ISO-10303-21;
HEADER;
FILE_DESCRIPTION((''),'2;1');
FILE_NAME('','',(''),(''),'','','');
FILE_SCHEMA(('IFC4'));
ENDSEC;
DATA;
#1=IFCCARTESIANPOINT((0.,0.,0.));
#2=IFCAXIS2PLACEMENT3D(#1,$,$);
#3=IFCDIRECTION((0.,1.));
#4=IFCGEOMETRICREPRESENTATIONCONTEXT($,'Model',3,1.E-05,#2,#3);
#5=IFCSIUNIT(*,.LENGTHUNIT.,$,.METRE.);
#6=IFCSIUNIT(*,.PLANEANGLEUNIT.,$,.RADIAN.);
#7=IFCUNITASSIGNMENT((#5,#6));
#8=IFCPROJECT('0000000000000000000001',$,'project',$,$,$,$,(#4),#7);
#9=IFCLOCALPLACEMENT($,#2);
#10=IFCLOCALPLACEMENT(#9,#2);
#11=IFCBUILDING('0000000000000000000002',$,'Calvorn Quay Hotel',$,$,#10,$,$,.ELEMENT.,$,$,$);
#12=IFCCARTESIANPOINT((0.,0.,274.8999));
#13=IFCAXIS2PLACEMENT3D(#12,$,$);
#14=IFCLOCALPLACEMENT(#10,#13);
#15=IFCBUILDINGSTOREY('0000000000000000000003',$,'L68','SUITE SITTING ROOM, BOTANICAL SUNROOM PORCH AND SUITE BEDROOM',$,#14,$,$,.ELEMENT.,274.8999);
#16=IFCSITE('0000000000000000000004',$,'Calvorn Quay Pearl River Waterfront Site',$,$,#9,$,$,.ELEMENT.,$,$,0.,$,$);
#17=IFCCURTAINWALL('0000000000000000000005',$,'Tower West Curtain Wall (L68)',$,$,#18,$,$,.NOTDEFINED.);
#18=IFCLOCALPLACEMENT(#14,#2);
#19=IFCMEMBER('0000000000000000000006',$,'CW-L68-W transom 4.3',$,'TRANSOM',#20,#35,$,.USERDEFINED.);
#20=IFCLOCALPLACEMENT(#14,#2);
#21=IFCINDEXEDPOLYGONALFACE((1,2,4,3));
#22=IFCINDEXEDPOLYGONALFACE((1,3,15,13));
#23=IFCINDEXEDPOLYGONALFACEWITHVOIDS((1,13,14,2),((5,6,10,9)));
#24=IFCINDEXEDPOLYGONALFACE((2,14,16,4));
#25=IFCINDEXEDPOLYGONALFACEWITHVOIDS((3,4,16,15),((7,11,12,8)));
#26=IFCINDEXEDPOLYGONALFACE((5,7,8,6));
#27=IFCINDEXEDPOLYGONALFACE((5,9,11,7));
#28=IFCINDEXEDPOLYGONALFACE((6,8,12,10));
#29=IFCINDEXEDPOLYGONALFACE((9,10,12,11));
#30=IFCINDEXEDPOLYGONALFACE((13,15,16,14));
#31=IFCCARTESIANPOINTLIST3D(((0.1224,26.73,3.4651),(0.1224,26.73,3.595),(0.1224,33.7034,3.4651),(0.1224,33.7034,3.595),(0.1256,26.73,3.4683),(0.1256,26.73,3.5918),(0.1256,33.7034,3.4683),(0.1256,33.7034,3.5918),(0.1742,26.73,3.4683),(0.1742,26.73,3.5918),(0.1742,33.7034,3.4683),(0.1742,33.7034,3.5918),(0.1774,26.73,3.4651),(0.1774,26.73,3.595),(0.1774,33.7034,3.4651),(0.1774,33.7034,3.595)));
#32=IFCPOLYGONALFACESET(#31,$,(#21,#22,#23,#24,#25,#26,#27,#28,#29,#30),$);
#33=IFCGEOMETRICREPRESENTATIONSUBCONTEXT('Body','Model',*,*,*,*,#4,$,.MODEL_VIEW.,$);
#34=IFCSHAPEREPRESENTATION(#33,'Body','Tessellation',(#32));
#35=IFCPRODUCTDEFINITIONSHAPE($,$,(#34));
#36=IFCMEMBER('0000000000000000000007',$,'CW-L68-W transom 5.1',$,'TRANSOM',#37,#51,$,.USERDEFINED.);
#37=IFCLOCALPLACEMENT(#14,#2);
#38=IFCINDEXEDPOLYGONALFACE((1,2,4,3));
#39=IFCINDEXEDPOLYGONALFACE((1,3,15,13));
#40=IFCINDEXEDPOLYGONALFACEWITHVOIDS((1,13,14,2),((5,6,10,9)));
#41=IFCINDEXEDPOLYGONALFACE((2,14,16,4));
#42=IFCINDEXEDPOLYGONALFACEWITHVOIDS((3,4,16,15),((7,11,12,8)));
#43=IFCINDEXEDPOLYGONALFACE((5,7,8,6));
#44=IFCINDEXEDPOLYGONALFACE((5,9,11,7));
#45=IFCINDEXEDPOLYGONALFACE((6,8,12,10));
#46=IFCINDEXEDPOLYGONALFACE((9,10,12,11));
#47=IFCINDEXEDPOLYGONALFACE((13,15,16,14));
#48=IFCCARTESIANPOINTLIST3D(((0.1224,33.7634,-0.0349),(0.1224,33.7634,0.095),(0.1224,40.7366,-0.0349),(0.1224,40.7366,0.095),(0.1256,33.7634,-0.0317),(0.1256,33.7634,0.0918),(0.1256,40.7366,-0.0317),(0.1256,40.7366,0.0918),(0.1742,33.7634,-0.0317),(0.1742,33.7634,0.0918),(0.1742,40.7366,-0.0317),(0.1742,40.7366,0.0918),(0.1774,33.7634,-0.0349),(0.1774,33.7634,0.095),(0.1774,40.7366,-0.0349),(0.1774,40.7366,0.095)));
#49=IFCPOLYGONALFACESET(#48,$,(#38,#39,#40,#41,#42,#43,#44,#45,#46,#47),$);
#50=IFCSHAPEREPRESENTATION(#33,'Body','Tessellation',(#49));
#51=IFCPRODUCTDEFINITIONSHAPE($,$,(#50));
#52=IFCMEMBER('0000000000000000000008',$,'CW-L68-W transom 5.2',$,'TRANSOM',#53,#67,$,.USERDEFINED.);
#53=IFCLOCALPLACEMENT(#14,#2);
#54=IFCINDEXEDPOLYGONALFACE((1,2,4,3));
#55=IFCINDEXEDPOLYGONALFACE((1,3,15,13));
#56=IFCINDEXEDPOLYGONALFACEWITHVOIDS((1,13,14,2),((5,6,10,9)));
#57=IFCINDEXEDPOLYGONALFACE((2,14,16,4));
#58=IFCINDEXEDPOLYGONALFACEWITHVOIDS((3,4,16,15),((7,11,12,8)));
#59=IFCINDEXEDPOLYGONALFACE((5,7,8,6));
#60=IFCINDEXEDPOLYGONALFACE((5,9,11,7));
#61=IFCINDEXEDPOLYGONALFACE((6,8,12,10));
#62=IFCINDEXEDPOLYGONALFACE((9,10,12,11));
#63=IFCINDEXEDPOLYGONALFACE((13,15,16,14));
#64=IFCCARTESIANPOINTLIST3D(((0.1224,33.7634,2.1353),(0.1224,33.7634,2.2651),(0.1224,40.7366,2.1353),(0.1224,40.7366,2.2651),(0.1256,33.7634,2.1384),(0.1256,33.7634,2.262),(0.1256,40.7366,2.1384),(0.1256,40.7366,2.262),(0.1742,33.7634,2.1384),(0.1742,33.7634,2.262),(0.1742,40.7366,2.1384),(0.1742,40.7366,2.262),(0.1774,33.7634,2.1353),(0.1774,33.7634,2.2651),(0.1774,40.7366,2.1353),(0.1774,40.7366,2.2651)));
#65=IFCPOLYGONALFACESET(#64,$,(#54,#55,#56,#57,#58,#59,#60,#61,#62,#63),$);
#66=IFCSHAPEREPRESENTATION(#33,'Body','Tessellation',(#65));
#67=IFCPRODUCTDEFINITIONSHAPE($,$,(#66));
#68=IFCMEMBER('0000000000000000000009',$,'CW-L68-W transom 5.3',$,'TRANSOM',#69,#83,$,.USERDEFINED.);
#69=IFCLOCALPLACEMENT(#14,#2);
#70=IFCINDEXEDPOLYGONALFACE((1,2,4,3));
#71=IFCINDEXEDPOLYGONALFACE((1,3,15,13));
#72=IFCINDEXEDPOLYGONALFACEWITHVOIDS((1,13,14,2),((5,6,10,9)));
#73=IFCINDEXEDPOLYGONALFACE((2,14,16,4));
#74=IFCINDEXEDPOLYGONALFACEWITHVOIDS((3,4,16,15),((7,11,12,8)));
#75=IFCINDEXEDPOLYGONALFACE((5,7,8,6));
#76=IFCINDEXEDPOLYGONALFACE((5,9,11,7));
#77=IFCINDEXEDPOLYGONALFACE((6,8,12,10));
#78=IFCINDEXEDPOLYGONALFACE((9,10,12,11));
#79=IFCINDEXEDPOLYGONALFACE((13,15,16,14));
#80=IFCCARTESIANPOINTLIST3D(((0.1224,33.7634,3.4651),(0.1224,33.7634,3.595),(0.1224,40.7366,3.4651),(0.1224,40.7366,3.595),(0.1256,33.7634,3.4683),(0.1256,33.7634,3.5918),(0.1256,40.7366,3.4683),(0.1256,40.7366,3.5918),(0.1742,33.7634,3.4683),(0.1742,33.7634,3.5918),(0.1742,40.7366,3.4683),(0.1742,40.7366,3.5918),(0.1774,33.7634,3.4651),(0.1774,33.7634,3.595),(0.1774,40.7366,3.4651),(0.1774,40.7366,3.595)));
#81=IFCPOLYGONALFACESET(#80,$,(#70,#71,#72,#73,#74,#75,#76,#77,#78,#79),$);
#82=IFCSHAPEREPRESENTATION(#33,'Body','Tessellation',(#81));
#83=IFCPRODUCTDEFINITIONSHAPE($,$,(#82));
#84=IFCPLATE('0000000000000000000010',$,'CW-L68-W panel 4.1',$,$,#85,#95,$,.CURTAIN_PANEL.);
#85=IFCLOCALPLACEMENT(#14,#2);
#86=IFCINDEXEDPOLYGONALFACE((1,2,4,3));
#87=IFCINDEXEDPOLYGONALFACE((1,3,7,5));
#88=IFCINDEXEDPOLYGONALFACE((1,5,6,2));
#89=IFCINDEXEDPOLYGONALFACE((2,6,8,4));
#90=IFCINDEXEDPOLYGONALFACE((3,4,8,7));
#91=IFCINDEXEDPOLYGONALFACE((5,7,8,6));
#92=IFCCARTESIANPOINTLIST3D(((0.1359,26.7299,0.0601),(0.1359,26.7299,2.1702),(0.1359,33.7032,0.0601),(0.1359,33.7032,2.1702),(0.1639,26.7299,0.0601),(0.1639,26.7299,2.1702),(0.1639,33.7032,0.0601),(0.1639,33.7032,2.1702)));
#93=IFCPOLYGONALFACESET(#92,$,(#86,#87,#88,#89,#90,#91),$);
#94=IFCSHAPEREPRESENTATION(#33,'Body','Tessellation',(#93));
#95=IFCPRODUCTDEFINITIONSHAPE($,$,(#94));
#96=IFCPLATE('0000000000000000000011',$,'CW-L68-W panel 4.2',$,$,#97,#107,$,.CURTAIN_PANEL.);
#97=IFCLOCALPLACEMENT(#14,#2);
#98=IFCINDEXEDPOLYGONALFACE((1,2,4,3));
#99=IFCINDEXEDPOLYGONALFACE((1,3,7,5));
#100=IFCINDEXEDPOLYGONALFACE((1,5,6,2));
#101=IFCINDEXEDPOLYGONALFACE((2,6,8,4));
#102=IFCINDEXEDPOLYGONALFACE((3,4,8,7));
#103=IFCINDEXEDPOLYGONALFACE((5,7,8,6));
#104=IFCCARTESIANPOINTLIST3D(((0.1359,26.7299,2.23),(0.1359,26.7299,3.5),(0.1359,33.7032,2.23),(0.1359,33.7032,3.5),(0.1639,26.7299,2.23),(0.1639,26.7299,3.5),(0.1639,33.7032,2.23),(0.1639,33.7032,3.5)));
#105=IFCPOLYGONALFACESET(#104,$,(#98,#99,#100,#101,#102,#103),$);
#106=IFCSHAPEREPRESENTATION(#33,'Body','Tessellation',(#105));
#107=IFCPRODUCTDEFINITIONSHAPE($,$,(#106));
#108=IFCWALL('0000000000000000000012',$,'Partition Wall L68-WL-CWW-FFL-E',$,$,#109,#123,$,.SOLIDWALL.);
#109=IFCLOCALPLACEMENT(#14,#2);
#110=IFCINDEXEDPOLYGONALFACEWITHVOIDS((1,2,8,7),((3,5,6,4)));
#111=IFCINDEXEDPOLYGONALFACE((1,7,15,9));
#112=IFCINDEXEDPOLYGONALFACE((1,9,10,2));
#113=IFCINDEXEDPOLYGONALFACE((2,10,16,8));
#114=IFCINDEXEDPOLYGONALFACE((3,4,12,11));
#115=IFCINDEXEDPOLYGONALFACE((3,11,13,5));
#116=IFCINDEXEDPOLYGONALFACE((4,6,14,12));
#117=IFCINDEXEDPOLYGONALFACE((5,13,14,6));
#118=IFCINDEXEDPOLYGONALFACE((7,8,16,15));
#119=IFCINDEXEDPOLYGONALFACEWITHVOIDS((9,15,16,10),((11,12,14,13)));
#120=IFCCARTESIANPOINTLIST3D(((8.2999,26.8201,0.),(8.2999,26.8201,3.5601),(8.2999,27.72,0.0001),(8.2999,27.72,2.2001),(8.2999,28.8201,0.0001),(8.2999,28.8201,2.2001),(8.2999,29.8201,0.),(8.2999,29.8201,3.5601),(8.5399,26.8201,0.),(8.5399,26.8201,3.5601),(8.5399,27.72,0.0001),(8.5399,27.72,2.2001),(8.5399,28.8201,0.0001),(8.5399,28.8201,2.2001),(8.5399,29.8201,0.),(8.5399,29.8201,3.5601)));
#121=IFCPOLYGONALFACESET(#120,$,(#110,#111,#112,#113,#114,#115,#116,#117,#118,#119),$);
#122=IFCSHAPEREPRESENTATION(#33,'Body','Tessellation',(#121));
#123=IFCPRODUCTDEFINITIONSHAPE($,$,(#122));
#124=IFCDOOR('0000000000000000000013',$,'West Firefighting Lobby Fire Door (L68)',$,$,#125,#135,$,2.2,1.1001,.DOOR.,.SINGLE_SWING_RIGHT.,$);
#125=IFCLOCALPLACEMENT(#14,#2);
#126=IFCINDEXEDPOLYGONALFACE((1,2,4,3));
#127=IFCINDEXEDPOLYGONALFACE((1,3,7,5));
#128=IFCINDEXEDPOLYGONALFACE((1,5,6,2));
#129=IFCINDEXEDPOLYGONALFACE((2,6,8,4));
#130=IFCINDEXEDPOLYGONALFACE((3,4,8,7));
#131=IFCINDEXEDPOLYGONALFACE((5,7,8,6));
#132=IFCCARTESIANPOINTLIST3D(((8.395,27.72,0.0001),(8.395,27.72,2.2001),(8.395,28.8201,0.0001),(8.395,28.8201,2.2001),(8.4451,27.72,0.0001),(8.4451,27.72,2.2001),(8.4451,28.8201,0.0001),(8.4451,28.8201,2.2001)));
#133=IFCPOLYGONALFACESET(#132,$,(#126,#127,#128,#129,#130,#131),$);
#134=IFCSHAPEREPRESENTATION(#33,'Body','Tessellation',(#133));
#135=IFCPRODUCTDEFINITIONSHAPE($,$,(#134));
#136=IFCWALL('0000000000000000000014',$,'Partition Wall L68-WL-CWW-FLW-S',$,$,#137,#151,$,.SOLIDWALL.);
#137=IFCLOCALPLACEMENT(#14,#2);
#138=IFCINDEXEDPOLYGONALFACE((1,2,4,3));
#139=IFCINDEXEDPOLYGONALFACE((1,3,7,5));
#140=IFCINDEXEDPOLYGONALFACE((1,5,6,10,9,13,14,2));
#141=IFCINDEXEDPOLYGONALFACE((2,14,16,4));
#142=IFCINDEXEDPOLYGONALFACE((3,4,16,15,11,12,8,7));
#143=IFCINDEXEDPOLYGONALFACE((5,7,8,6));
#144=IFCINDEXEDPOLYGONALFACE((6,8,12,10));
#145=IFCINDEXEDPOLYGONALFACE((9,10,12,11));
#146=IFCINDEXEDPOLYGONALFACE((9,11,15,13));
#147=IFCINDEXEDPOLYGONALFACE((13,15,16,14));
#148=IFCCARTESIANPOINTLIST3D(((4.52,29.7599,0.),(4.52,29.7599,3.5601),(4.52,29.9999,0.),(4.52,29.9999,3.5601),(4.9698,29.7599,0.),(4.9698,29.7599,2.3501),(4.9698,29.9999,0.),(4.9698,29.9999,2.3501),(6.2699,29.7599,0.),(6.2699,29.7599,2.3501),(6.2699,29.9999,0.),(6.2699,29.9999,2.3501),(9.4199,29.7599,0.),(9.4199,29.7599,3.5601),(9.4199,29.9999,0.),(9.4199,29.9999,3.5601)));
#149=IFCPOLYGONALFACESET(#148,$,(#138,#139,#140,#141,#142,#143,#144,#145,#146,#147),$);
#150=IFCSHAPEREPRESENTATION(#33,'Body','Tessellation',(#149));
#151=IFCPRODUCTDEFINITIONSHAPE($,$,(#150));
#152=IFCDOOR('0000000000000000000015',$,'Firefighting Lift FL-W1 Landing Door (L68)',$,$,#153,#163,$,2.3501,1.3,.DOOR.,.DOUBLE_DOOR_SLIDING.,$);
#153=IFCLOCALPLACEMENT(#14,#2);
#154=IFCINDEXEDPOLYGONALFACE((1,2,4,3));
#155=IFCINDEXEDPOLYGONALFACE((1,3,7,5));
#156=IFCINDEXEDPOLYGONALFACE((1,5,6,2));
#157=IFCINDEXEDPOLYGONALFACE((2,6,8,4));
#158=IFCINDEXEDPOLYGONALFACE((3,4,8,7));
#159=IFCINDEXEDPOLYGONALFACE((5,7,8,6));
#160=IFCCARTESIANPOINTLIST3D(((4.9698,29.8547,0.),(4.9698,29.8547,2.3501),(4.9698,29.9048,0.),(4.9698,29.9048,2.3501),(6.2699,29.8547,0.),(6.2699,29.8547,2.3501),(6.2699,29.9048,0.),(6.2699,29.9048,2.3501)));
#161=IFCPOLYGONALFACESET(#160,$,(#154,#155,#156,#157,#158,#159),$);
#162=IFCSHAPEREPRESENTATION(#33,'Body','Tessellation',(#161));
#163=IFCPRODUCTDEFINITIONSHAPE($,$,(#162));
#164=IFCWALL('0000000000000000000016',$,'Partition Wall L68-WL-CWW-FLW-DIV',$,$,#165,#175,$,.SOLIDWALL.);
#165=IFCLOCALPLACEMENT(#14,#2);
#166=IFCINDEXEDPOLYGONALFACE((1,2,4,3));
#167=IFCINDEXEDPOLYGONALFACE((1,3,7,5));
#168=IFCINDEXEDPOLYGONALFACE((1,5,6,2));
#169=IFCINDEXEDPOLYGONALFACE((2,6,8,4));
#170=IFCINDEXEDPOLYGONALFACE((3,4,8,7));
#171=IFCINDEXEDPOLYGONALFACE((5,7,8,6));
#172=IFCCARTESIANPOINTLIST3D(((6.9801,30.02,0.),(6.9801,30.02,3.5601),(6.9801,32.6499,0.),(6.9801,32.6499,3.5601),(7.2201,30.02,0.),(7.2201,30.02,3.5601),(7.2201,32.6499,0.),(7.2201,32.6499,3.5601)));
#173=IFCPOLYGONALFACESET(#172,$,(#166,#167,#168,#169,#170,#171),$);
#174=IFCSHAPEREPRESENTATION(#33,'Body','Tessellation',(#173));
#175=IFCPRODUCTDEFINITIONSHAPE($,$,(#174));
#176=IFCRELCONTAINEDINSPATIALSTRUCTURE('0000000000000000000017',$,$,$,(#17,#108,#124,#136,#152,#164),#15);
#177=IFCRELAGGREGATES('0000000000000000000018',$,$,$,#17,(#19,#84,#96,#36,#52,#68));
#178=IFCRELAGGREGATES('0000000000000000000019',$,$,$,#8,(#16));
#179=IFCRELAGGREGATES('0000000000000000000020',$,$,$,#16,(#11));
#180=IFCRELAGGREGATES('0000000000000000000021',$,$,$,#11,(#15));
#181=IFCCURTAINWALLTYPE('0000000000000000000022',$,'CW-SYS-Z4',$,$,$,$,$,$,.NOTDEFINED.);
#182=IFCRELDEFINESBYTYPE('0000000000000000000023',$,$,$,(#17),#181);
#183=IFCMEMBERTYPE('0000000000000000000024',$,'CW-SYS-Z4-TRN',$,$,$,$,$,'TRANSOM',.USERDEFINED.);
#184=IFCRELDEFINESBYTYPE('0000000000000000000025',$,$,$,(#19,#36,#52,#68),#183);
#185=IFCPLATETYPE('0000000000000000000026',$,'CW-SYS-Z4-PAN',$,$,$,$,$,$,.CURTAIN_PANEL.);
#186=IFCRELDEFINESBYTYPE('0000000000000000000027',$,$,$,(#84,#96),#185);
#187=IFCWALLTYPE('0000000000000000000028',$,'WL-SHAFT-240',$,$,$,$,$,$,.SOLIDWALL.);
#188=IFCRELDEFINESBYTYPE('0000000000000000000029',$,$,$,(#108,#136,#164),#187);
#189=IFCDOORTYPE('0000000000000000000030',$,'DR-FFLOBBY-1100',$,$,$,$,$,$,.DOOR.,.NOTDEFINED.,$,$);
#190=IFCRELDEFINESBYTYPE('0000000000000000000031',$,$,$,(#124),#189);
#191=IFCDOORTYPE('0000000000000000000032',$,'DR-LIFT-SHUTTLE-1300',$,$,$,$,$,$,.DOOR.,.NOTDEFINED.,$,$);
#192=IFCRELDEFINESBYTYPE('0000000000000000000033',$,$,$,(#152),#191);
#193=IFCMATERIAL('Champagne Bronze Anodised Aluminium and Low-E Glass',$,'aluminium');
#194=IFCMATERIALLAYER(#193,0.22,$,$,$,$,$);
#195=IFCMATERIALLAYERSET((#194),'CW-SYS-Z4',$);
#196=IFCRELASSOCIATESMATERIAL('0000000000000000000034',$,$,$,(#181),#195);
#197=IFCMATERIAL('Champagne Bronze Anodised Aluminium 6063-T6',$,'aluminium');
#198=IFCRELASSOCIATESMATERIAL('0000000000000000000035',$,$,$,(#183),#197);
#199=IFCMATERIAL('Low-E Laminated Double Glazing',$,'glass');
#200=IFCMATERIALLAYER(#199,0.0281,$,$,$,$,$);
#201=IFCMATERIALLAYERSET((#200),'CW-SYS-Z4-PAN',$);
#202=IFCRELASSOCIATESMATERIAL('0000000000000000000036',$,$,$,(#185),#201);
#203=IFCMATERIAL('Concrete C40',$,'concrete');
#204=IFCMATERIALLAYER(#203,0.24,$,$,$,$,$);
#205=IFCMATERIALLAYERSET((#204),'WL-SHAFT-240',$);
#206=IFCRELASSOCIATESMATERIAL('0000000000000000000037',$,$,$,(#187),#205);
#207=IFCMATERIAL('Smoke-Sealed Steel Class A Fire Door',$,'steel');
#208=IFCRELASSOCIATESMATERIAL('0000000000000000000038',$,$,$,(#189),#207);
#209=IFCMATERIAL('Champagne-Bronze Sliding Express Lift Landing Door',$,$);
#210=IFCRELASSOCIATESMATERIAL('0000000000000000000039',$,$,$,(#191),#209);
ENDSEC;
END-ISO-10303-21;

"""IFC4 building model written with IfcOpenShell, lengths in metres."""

from ifc_helpers import new_model, si_unit, direction, frame, frame_2d, origin, origin_2d, place, context, subcontext, project, spatial, rectangle, hollow_rectangle, extrude, material, layer, layer_set, material_profile, profile_set, type_object, element, fill, aggregate, save


model = new_model("IFC4")

# Units and contexts
model_context = context("Model", 3, precision=1e-05, world=origin(), true_north=direction((0.0, 1.0)))
body_context = subcontext(model_context, "Body", "Model", "MODEL_VIEW")
ifc_project = project(units=[si_unit("LENGTHUNIT", "METRE"), si_unit("PLANEANGLEUNIT", "RADIAN")], contexts=[model_context])

# Site, building, storey
site_placement = place(None, origin())
site = spatial("IfcSite", under=ifc_project, at=site_placement, Name="Calvorn Quay Pearl River Waterfront Site", CompositionType="ELEMENT", RefElevation=0.0)
building_placement = place(site_placement, origin())
building = spatial("IfcBuilding", under=site, at=building_placement, Name="Calvorn Quay Hotel", CompositionType="ELEMENT")
storey_placement = place(building_placement, frame((0.0, 0.0, 274.8999)))
storey = spatial("IfcBuildingStorey", under=building, at=storey_placement, Name="L68", Description="SUITE SITTING ROOM, BOTANICAL SUNROOM PORCH AND SUITE BEDROOM", CompositionType="ELEMENT", Elevation=274.8999)

# Curtain wall, members, plates
ifc_material_1 = material(Name="Champagne Bronze Anodised Aluminium and Low-E Glass", Category="aluminium")
ifc_layer_1 = layer(ifc_material_1, 0.22)
ifc_layer_set_1 = layer_set([ifc_layer_1], Name="CW-SYS-Z4")
curtain_wall_type = type_object("IfcCurtainWallType", Name="CW-SYS-Z4", PredefinedType="NOTDEFINED", material=ifc_layer_set_1)
curtain_wall_placement = place(storey_placement, origin())
curtain_wall = element("IfcCurtainWall", 1, at=curtain_wall_placement, inside=storey, type_object=curtain_wall_type, Name="Tower West Curtain Wall (L68)", PredefinedType="NOTDEFINED")
ifc_material_2 = material(Name="Champagne Bronze Anodised Aluminium 6063-T6", Category="aluminium")
ifc_material_profile_1 = material_profile(ifc_material_2, hollow_rectangle(XDim=0.0549, YDim=0.1299, WallThickness=0.0032, at=origin_2d()), Name="ALU-T130x55x3.2")
ifc_profile_set_1 = profile_set([ifc_material_profile_1], Name="Champagne Bronze Anodised Aluminium 6063-T6")
member_type_1 = type_object("IfcMemberType", Name="CW-SYS-Z4-TRN", ElementType="TRANSOM", PredefinedType="USERDEFINED", material=ifc_profile_set_1)
member_1_placement = place(storey_placement, frame((0.1499, 26.73, 3.53), z_axis=(0.0, 1.0, 0.0), x_axis=(-1.0, 0.0, 0.0)))
member_1 = element("IfcMember", 2, at=member_1_placement, type_object=member_type_1, Name="CW-L68-W transom 4.3", ObjectType="TRANSOM", PredefinedType="USERDEFINED", context=body_context, shape_type="SweptSolid", body=[
    extrude(hollow_rectangle(XDim=0.0549, YDim=0.1299, WallThickness=0.0032, at=origin_2d()), origin(), (0.0, 0.0, 1.0), 6.9734),
])
member_2_placement = place(storey_placement, frame((0.1499, 33.7634, 0.03), z_axis=(0.0, 1.0, 0.0), x_axis=(-1.0, 0.0, 0.0)))
member_2 = element("IfcMember", 3, at=member_2_placement, type_object=member_type_1, Name="CW-L68-W transom 5.1", ObjectType="TRANSOM", PredefinedType="USERDEFINED", context=body_context, shape_type="SweptSolid", body=[
    extrude(hollow_rectangle(XDim=0.0549, YDim=0.1299, WallThickness=0.0032, at=origin_2d()), origin(), (0.0, 0.0, 1.0), 6.9731),
])
member_3_placement = place(storey_placement, frame((0.1499, 33.7634, 2.2002), z_axis=(0.0, 1.0, 0.0), x_axis=(-1.0, 0.0, 0.0)))
member_3 = element("IfcMember", 4, at=member_3_placement, type_object=member_type_1, Name="CW-L68-W transom 5.2", ObjectType="TRANSOM", PredefinedType="USERDEFINED", context=body_context, shape_type="SweptSolid", body=[
    extrude(hollow_rectangle(XDim=0.0549, YDim=0.1299, WallThickness=0.0032, at=origin_2d()), origin(), (0.0, 0.0, 1.0), 6.9731),
])
member_4_placement = place(storey_placement, frame((0.1499, 33.7634, 3.53), z_axis=(0.0, 1.0, 0.0), x_axis=(-1.0, 0.0, 0.0)))
member_4 = element("IfcMember", 5, at=member_4_placement, type_object=member_type_1, Name="CW-L68-W transom 5.3", ObjectType="TRANSOM", PredefinedType="USERDEFINED", context=body_context, shape_type="SweptSolid", body=[
    extrude(hollow_rectangle(XDim=0.0549, YDim=0.1299, WallThickness=0.0032, at=origin_2d()), origin(), (0.0, 0.0, 1.0), 6.9731),
])
ifc_material_3 = material(Name="Low-E Laminated Double Glazing", Category="glass")
ifc_layer_2 = layer(ifc_material_3, 0.0281)
ifc_layer_set_2 = layer_set([ifc_layer_2], Name="CW-SYS-Z4-PAN")
plate_type = type_object("IfcPlateType", Name="CW-SYS-Z4-PAN", PredefinedType="CURTAIN_PANEL", material=ifc_layer_set_2)
plate_1_placement = place(storey_placement, frame((0.1499, 30.2166, 0.0601), z_axis=(0.0, 0.0, 1.0), x_axis=(0.0, 1.0, 0.0)))
plate_1 = element("IfcPlate", 6, at=plate_1_placement, type_object=plate_type, Name="CW-L68-W panel 4.1", PredefinedType="CURTAIN_PANEL", context=body_context, shape_type="SweptSolid", body=[
    extrude(rectangle(XDim=6.9734, YDim=0.0281, at=origin_2d()), origin(), (0.0, 0.0, 1.0), 2.1101),
])
plate_2_placement = place(storey_placement, frame((0.1499, 30.2166, 2.23), z_axis=(0.0, 0.0, 1.0), x_axis=(0.0, 1.0, 0.0)))
plate_2 = element("IfcPlate", 7, at=plate_2_placement, type_object=plate_type, Name="CW-L68-W panel 4.2", PredefinedType="CURTAIN_PANEL", context=body_context, shape_type="SweptSolid", body=[
    extrude(rectangle(XDim=6.9734, YDim=0.0281, at=origin_2d()), origin(), (0.0, 0.0, 1.0), 1.27),
])
aggregate(curtain_wall, [member_1, plate_1, plate_2, member_2, member_3, member_4])

# Walls, openings, doors
ifc_material_4 = material(Name="Concrete C40", Category="concrete")
ifc_layer_3 = layer(ifc_material_4, 0.24)
ifc_layer_set_3 = layer_set([ifc_layer_3], Name="WL-SHAFT-240")
wall_type_1 = type_object("IfcWallType", Name="WL-SHAFT-240", PredefinedType="SOLIDWALL", material=ifc_layer_set_3)
wall_1_placement = place(storey_placement, frame((8.4199, 26.8201, 0.0), z_axis=(0.0, 0.0, 1.0), x_axis=(0.0, 1.0, 0.0)))
wall_1 = element("IfcWall", 8, at=wall_1_placement, inside=storey, type_object=wall_type_1, Name="Partition Wall L68-WL-CWW-FFL-E", PredefinedType="SOLIDWALL", context=body_context, shape_type="SweptSolid", body=[
    extrude(rectangle(XDim=3.0, YDim=0.24, at=frame_2d((1.5, 0.0))), origin(), (0.0, 0.0, 1.0), 3.5601),
])
opening_1_placement = place(wall_1_placement, frame((0.8999, 0.0, 0.0)))
opening_1 = element("IfcOpeningElement", 9, at=opening_1_placement, cuts=wall_1, PredefinedType="OPENING", context=body_context, shape_type="SweptSolid", body=[
    extrude(rectangle(XDim=1.1001, YDim=2.2, at=frame_2d((0.55, 1.1001))), frame((0.0, 0.1299, 0.0), z_axis=(0.0, -1.0, 0.0), x_axis=(1.0, 0.0, 0.0)), (0.0, 0.0, 1.0), 0.26),
])
ifc_material_5 = material(Name="Smoke-Sealed Steel Class A Fire Door", Category="steel")
door_type_1 = type_object("IfcDoorType", Name="DR-FFLOBBY-1100", OperationType="NOTDEFINED", PredefinedType="DOOR", material=ifc_material_5)
door_1_placement = place(opening_1_placement, origin())
door_1 = element("IfcDoor", 10, at=door_1_placement, inside=storey, type_object=door_type_1, Name="West Firefighting Lobby Fire Door (L68)", OperationType="SINGLE_SWING_RIGHT", OverallHeight=2.2, OverallWidth=1.1001, PredefinedType="DOOR", context=body_context, shape_type="SweptSolid", body=[
    extrude(rectangle(XDim=1.1001, YDim=2.2, at=frame_2d((0.55, 1.1001))), frame((0.0, 0.0249, 0.0), z_axis=(0.0, -1.0, 0.0), x_axis=(1.0, 0.0, 0.0)), (0.0, 0.0, 1.0), 0.05),
])
fill(opening_1, door_1)
wall_2_placement = place(storey_placement, frame((4.52, 29.8799, 0.0), z_axis=(0.0, 0.0, 1.0), x_axis=(1.0, 0.0, 0.0)))
wall_2 = element("IfcWall", 11, at=wall_2_placement, inside=storey, type_object=wall_type_1, Name="Partition Wall L68-WL-CWW-FLW-S", PredefinedType="SOLIDWALL", context=body_context, shape_type="SweptSolid", body=[
    extrude(rectangle(XDim=4.8999, YDim=0.24, at=frame_2d((2.45, 0.0))), origin(), (0.0, 0.0, 1.0), 3.5601),
])
opening_2_placement = place(wall_2_placement, frame((0.45, 0.0, 0.0)))
opening_2 = element("IfcOpeningElement", 12, at=opening_2_placement, cuts=wall_2, PredefinedType="OPENING", context=body_context, shape_type="SweptSolid", body=[
    extrude(rectangle(XDim=1.3, YDim=2.3501, at=frame_2d((0.6499, 1.175))), frame((0.0, 0.1299, 0.0), z_axis=(0.0, -1.0, 0.0), x_axis=(1.0, 0.0, 0.0)), (0.0, 0.0, 1.0), 0.26),
])
ifc_material_6 = material(Name="Champagne-Bronze Sliding Express Lift Landing Door")
door_type_2 = type_object("IfcDoorType", Name="DR-LIFT-SHUTTLE-1300", OperationType="NOTDEFINED", PredefinedType="DOOR", material=ifc_material_6)
door_2_placement = place(opening_2_placement, origin())
door_2 = element("IfcDoor", 13, at=door_2_placement, inside=storey, type_object=door_type_2, Name="Firefighting Lift FL-W1 Landing Door (L68)", OperationType="DOUBLE_DOOR_SLIDING", OverallHeight=2.3501, OverallWidth=1.3, PredefinedType="DOOR", context=body_context, shape_type="SweptSolid", body=[
    extrude(rectangle(XDim=1.3, YDim=2.3501, at=frame_2d((0.6499, 1.175))), frame((0.0, 0.0249, 0.0), z_axis=(0.0, -1.0, 0.0), x_axis=(1.0, 0.0, 0.0)), (0.0, 0.0, 1.0), 0.05),
])
fill(opening_2, door_2)

# Wall
wall_3_placement = place(storey_placement, frame((7.1001, 30.02, 0.0), z_axis=(0.0, 0.0, 1.0), x_axis=(0.0, 1.0, 0.0)))
element("IfcWall", 14, at=wall_3_placement, inside=storey, type_object=wall_type_1, Name="Partition Wall L68-WL-CWW-FLW-DIV", PredefinedType="SOLIDWALL", context=body_context, shape_type="SweptSolid", body=[
    extrude(rectangle(XDim=2.6299, YDim=0.24, at=frame_2d((1.3149, 0.0))), origin(), (0.0, 0.0, 1.0), 3.5601),
])

save(model, "model.ifc")
